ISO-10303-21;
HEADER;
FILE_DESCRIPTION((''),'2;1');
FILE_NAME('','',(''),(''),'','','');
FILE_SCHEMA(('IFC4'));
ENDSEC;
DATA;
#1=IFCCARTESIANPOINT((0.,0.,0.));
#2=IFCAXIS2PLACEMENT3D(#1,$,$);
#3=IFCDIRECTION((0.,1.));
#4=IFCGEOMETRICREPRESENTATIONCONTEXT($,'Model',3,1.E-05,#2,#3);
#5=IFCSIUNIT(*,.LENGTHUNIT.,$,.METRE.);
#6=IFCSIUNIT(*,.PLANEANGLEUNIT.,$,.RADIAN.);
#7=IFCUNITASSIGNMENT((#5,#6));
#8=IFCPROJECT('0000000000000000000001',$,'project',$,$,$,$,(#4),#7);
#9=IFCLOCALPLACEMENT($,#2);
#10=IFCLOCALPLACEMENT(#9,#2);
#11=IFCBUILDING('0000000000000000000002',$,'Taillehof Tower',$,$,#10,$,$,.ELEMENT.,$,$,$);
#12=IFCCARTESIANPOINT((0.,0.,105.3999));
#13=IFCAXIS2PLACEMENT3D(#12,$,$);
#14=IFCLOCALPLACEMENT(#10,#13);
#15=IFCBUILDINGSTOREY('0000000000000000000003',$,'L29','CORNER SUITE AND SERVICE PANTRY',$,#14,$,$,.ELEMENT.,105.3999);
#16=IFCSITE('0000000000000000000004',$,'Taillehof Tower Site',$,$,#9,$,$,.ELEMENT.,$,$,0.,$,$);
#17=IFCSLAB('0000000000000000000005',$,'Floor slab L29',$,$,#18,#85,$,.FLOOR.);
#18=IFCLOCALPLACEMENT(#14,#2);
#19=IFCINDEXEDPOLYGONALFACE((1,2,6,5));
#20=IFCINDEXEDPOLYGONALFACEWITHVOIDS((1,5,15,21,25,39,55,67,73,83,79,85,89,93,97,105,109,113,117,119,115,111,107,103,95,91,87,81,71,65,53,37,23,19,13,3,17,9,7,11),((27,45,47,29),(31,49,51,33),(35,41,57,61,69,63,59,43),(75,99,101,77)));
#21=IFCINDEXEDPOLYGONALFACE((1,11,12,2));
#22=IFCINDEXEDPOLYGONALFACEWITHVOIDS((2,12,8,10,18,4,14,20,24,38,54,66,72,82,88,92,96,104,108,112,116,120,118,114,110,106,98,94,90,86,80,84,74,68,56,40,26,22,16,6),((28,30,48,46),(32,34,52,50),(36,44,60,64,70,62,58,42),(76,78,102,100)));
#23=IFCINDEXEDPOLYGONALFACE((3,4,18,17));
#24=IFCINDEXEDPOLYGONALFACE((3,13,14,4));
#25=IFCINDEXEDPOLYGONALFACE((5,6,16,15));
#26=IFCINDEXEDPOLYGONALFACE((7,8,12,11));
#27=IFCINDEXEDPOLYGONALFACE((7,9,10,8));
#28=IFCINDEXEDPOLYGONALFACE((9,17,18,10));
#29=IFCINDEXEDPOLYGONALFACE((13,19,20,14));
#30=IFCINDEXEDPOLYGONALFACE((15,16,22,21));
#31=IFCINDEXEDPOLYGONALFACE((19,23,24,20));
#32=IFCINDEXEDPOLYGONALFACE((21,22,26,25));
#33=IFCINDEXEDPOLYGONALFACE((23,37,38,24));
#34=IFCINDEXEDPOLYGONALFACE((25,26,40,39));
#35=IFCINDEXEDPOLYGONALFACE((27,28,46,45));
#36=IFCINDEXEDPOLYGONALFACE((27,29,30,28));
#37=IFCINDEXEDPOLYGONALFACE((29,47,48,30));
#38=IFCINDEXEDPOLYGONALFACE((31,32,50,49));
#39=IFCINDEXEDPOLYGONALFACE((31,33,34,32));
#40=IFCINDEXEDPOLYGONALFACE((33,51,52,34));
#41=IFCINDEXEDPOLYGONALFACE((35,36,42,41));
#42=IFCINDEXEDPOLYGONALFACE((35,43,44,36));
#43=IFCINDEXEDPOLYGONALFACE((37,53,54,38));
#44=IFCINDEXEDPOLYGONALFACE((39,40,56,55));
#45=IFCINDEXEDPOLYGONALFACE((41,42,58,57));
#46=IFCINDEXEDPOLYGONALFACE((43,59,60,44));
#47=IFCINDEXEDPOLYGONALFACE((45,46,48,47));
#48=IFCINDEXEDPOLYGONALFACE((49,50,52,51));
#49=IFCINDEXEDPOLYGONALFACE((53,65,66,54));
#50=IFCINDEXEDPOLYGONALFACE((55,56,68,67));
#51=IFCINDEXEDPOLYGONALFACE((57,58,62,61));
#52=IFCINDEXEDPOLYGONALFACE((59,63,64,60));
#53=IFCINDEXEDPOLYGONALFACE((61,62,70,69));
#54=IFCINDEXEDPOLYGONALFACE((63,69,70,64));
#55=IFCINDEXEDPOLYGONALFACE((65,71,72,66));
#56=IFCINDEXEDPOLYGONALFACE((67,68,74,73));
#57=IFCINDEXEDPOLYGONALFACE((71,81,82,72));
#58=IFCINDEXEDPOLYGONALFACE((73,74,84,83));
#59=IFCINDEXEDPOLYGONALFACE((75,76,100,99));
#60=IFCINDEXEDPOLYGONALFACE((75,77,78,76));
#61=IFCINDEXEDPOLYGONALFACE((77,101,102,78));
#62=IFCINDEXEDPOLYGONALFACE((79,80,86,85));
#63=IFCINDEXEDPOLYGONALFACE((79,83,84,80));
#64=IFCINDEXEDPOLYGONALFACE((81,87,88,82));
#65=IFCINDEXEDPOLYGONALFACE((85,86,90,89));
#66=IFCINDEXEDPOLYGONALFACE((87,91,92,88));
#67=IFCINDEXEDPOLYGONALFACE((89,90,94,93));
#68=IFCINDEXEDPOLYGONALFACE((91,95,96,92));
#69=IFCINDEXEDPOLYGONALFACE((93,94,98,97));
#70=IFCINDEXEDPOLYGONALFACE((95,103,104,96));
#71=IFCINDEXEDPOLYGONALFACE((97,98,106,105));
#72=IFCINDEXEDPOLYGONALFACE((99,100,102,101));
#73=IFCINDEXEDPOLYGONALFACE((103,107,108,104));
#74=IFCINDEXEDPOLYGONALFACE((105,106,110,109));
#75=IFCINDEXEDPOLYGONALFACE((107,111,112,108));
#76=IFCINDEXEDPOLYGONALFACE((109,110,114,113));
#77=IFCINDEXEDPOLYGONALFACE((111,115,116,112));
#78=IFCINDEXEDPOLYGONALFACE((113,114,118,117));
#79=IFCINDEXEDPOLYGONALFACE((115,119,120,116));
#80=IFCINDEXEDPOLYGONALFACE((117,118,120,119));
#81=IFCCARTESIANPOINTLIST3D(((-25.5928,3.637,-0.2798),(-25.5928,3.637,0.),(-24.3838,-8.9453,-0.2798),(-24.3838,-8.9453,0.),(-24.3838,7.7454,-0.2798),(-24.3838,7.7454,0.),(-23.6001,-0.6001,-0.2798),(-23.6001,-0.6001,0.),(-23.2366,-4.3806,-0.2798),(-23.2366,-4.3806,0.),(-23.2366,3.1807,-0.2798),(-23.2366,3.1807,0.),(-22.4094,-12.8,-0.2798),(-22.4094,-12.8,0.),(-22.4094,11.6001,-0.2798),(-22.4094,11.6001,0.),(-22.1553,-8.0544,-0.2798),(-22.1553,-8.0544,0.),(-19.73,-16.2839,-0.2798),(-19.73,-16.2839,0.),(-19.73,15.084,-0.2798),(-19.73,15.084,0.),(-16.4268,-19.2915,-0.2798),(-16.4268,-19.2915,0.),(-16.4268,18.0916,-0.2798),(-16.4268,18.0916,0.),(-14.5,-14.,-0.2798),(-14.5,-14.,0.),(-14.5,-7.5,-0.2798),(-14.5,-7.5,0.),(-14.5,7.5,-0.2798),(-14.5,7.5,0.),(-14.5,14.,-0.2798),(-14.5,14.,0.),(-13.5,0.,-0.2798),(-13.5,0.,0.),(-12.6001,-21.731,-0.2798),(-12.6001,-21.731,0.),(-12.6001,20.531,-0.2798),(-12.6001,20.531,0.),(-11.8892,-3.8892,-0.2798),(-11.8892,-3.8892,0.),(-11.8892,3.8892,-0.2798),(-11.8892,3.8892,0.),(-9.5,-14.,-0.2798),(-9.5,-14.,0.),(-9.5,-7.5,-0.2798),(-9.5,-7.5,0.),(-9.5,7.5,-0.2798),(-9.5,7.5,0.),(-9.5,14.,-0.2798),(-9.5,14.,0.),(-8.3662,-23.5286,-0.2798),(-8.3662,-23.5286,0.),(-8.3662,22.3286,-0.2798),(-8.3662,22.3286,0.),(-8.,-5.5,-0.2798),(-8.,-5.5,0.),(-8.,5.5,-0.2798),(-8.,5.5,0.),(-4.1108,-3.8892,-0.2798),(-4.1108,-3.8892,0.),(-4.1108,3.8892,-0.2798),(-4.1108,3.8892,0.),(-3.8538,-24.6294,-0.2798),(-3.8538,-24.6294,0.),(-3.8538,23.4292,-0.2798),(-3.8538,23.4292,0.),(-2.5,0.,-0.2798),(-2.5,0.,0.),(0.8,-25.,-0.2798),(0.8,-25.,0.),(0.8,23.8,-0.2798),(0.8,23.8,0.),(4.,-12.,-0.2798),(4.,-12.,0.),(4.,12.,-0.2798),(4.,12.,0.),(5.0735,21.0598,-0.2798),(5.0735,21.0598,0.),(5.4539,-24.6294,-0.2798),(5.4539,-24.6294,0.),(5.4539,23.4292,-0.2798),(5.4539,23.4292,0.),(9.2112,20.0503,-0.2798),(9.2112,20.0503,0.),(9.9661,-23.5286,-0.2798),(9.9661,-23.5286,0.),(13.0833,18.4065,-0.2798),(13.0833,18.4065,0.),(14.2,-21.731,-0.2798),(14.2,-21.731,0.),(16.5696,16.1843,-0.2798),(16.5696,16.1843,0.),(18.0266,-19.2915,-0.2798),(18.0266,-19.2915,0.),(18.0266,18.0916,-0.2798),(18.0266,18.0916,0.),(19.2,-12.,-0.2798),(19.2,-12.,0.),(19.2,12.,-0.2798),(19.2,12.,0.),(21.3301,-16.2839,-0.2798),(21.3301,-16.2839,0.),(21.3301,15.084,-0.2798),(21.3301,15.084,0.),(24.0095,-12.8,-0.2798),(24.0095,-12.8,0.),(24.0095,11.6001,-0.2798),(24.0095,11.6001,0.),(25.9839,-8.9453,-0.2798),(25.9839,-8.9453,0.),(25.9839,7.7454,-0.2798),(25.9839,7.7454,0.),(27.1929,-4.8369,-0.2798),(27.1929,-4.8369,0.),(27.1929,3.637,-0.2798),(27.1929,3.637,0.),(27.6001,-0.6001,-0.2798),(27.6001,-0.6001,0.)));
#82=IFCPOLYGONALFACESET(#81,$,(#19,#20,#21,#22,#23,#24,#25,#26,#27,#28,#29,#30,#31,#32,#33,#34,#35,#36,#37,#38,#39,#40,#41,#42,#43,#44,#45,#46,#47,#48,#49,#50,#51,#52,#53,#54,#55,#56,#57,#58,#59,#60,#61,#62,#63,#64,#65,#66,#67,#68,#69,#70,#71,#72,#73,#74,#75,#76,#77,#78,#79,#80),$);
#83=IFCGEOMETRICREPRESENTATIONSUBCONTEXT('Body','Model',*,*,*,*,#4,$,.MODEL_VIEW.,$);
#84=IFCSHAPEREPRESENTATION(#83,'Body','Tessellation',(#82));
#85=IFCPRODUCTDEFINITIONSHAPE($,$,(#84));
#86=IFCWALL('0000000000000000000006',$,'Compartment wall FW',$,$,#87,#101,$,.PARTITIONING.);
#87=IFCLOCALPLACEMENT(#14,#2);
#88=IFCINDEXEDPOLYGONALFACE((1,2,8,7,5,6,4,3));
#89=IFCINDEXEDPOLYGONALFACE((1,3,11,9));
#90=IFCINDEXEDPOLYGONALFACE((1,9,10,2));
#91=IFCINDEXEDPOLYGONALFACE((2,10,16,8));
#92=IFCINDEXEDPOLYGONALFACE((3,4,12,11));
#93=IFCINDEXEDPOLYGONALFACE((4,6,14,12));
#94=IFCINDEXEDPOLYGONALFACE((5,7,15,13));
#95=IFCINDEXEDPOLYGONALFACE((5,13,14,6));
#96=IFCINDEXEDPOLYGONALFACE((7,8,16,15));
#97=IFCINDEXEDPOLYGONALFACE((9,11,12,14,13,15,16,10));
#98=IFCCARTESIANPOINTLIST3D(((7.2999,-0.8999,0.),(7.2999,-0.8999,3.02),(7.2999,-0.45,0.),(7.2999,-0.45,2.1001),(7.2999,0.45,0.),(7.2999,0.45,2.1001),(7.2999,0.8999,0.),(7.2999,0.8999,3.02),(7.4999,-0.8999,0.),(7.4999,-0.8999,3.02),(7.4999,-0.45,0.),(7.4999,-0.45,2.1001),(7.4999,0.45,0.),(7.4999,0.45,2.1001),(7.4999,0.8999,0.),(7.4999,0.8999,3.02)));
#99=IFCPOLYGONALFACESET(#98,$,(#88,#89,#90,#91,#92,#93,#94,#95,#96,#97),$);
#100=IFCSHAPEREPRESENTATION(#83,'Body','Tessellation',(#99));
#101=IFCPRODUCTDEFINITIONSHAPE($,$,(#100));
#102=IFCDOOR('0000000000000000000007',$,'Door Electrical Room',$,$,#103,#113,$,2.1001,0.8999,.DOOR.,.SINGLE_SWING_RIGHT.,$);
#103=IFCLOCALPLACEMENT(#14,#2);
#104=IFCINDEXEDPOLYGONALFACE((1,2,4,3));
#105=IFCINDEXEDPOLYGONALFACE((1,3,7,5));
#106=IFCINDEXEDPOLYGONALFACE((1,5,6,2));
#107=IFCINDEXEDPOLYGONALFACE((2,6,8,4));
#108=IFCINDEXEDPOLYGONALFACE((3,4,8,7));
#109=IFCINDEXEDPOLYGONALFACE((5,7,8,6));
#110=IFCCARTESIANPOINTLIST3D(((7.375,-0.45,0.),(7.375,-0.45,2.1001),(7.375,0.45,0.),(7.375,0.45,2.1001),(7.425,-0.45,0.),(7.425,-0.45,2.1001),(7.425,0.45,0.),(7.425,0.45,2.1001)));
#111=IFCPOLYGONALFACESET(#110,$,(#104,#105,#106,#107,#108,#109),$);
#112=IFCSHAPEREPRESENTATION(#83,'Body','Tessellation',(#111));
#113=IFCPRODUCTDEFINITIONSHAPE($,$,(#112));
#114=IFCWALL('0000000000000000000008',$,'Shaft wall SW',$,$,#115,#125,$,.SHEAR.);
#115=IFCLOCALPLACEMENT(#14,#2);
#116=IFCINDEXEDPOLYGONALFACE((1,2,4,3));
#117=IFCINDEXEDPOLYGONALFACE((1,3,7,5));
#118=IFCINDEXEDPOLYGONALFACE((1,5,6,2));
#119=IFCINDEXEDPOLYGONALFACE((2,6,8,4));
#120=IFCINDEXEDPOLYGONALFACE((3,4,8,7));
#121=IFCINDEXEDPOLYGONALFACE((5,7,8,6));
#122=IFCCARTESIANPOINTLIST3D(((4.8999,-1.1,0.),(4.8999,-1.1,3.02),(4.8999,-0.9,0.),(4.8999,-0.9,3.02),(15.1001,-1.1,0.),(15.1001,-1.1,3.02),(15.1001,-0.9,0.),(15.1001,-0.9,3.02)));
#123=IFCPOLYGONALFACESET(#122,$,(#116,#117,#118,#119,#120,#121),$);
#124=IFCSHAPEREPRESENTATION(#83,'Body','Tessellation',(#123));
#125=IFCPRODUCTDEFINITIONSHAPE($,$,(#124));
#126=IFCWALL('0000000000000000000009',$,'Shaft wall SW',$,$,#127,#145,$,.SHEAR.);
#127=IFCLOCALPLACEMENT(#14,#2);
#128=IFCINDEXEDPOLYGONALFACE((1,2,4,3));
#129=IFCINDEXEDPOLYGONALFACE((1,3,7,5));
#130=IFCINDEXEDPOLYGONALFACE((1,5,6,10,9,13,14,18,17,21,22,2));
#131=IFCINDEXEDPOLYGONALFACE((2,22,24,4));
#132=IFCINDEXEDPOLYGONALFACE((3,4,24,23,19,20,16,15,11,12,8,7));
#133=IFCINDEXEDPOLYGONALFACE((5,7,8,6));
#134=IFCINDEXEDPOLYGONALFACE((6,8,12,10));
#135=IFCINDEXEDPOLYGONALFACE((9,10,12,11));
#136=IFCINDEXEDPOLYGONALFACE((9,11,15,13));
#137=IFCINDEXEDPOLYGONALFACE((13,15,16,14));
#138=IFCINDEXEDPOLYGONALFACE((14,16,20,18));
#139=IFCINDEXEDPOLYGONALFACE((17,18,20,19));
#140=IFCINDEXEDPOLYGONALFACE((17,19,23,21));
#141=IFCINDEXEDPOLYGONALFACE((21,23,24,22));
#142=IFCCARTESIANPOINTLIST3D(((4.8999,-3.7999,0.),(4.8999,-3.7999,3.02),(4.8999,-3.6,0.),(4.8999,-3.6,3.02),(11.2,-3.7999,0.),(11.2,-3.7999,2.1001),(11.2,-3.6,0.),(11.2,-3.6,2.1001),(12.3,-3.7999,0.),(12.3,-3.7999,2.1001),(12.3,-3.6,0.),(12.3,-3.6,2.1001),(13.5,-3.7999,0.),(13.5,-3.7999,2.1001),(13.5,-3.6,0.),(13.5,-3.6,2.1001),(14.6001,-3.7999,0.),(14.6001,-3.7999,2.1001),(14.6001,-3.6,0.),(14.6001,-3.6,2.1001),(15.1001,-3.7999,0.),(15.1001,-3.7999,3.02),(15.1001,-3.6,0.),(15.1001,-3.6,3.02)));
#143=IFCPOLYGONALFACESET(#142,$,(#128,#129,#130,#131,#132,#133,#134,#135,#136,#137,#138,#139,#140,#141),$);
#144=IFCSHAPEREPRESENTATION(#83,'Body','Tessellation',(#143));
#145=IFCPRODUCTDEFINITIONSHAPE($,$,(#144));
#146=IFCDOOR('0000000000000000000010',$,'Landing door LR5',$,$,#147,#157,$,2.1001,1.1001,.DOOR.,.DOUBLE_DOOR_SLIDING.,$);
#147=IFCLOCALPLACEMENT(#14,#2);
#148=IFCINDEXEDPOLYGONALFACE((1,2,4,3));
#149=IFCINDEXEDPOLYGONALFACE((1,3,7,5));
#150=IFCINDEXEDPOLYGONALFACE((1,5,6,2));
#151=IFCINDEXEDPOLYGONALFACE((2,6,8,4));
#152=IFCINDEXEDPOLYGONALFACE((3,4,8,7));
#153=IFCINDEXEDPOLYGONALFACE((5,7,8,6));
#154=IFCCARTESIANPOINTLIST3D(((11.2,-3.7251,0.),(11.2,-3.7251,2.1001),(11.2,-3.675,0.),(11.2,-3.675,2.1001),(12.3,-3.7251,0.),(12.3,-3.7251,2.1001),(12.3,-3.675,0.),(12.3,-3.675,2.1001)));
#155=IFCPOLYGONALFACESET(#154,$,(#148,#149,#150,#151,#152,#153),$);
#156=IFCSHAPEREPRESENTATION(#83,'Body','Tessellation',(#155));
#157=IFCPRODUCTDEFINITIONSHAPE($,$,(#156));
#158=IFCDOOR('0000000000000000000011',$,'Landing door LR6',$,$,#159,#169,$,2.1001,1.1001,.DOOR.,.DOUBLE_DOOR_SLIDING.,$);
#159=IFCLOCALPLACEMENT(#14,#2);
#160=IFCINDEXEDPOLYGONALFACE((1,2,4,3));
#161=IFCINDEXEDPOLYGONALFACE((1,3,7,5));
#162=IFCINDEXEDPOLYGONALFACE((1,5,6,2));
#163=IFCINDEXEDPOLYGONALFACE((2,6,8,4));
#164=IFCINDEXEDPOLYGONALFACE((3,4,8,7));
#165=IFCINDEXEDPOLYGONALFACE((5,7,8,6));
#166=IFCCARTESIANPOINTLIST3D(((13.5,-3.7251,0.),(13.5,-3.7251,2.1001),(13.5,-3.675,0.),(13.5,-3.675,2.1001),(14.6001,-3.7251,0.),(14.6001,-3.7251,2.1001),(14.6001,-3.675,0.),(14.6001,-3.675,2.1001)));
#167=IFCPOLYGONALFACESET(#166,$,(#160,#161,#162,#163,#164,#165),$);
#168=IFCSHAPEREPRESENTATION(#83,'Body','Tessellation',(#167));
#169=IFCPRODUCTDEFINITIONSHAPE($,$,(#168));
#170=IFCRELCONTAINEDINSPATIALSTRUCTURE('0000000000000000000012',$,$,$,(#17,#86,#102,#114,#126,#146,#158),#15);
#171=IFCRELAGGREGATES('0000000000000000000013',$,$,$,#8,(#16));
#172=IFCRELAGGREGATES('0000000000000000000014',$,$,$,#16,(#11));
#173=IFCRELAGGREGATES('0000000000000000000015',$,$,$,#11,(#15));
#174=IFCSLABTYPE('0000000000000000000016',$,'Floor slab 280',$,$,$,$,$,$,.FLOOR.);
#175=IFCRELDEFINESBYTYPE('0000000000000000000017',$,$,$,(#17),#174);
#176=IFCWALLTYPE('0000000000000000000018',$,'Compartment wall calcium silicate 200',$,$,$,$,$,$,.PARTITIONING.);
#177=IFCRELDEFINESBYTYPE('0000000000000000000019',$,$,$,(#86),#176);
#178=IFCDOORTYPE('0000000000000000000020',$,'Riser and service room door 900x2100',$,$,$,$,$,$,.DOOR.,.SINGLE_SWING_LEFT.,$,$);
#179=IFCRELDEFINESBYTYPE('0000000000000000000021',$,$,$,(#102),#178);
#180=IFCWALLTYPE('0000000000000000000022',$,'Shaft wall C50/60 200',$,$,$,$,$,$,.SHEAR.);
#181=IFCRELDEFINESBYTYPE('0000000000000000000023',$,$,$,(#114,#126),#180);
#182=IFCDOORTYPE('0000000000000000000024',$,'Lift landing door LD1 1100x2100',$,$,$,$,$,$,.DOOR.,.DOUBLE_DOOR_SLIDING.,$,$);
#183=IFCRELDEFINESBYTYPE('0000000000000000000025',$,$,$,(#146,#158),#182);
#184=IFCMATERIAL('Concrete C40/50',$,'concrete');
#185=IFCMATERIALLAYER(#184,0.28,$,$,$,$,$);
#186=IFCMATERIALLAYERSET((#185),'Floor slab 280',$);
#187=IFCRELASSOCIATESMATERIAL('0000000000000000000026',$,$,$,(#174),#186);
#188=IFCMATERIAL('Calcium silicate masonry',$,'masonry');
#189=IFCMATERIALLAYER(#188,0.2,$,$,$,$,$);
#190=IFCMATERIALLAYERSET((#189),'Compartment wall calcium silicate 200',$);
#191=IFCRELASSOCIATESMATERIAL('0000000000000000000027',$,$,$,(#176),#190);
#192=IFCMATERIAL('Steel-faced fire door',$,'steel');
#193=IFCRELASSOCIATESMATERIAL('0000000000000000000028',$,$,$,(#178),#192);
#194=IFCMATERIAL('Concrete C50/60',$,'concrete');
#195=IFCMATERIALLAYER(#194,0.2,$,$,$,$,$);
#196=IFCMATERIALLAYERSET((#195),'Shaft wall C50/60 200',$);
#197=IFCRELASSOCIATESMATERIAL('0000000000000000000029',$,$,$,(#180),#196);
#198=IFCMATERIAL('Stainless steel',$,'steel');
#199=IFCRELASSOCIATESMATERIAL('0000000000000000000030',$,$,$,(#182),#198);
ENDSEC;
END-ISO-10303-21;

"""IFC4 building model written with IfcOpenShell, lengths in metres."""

from ifc_helpers import new_model, si_unit, direction, frame, frame_2d, origin, place, context, subcontext, project, spatial, polyline, rectangle, outline, extrude, material, layer, layer_set, type_object, element, fill, save


model = new_model("IFC4")

# Units and contexts
model_context = context("Model", 3, precision=1e-05, world=origin(), true_north=direction((0.0, 1.0)))
body_context = subcontext(model_context, "Body", "Model", "MODEL_VIEW")
ifc_project = project(units=[si_unit("LENGTHUNIT", "METRE"), si_unit("PLANEANGLEUNIT", "RADIAN")], contexts=[model_context])

# Site, building, storey
site_placement = place(None, origin())
site = spatial("IfcSite", under=ifc_project, at=site_placement, Name="Taillehof Tower Site", CompositionType="ELEMENT", RefElevation=0.0)
building_placement = place(site_placement, origin())
building = spatial("IfcBuilding", under=site, at=building_placement, Name="Taillehof Tower", CompositionType="ELEMENT")
storey_placement = place(building_placement, frame((0.0, 0.0, 105.3999)))
storey = spatial("IfcBuildingStorey", under=building, at=storey_placement, Name="L29", Description="CORNER SUITE AND SERVICE PANTRY", CompositionType="ELEMENT", Elevation=105.3999)

# Slab
ifc_material_1 = material(Name="Concrete C40/50", Category="concrete")
ifc_layer_1 = layer(ifc_material_1, 0.28)
ifc_layer_set_1 = layer_set([ifc_layer_1], Name="Floor slab 280")
slab_type = type_object("IfcSlabType", Name="Floor slab 280", PredefinedType="FLOOR", material=ifc_layer_set_1)
slab_placement = place(storey_placement, frame((0.0, 0.0, -0.2798)))
element("IfcSlab", 1, at=slab_placement, inside=storey, type_object=slab_type, Name="Floor slab L29", PredefinedType="FLOOR", context=body_context, shape_type="SweptSolid", body=[
    extrude(outline(polyline([(27.6001, -0.6001), (27.1929, 3.637), (25.9839, 7.7454), (24.0095, 11.6001), (21.3301, 15.084), (18.0266, 18.0916), (16.5696, 16.1843), (13.0833, 18.4065), (9.2112, 20.0503), (5.0735, 21.0598), (5.4539, 23.4292), (0.8, 23.8), (-3.8538, 23.4292), (-8.3662, 22.3286), (-12.6001, 20.531), (-16.4268, 18.0916), (-19.73, 15.084), (-22.4094, 11.6001), (-24.3838, 7.7454), (-25.5928, 3.637), (-23.2366, 3.1807), (-23.6001, -0.6001), (-23.2366, -4.3806), (-22.1553, -8.0544), (-24.3838, -8.9453), (-22.4094, -12.8), (-19.73, -16.2839), (-16.4268, -19.2915), (-12.6001, -21.731), (-8.3662, -23.5286), (-3.8538, -24.6294), (0.8, -25.0), (5.4539, -24.6294), (9.9661, -23.5286), (14.2, -21.731), (18.0266, -19.2915), (21.3301, -16.2839), (24.0095, -12.8), (25.9839, -8.9453), (27.1929, -4.8369), (27.6001, -0.6001)]), holes=[polyline([(-14.5, -7.5), (-9.5, -7.5), (-9.5, -14.0), (-14.5, -14.0), (-14.5, -7.5)]), polyline([(-8.0, -5.5), (-11.8892, -3.8892), (-13.5, 0.0), (-11.8892, 3.8892), (-8.0, 5.5), (-4.1108, 3.8892), (-2.5, 0.0), (-4.1108, -3.8892), (-8.0, -5.5)]), polyline([(19.2, 12.0), (19.2, -12.0), (4.0, -12.0), (4.0, 12.0), (19.2, 12.0)]), polyline([(-14.5, 14.0), (-9.5, 14.0), (-9.5, 7.5), (-14.5, 7.5), (-14.5, 14.0)])]), origin(), (0.0, 0.0, 1.0), 0.2798),
])

# Wall, opening, door
ifc_material_2 = material(Name="Calcium silicate masonry", Category="masonry")
ifc_layer_2 = layer(ifc_material_2, 0.2)
ifc_layer_set_2 = layer_set([ifc_layer_2], Name="Compartment wall calcium silicate 200")
wall_type_1 = type_object("IfcWallType", Name="Compartment wall calcium silicate 200", PredefinedType="PARTITIONING", material=ifc_layer_set_2)
wall_1_placement = place(storey_placement, frame((7.3999, -0.8999, 0.0), z_axis=(0.0, 0.0, 1.0), x_axis=(0.0, 1.0, 0.0)))
wall_1 = element("IfcWall", 2, at=wall_1_placement, inside=storey, type_object=wall_type_1, Name="Compartment wall FW", PredefinedType="PARTITIONING", context=body_context, shape_type="SweptSolid", body=[
    extrude(rectangle(XDim=1.7998, YDim=0.2, at=frame_2d((0.8999, 0.0))), origin(), (0.0, 0.0, 1.0), 3.02),
])
opening_1_placement = place(wall_1_placement, frame((0.45, 0.0, 0.0)))
opening_1 = element("IfcOpeningElement", 3, at=opening_1_placement, cuts=wall_1, PredefinedType="OPENING", context=body_context, shape_type="SweptSolid", body=[
    extrude(rectangle(XDim=0.8999, YDim=2.1001, at=frame_2d((0.45, 1.05))), frame((0.0, 0.1099, 0.0), z_axis=(0.0, -1.0, 0.0), x_axis=(1.0, 0.0, 0.0)), (0.0, 0.0, 1.0), 0.22),
])
ifc_material_3 = material(Name="Steel-faced fire door", Category="steel")
door_type_1 = type_object("IfcDoorType", Name="Riser and service room door 900x2100", OperationType="SINGLE_SWING_LEFT", PredefinedType="DOOR", material=ifc_material_3)
door_1_placement = place(opening_1_placement, origin())
door_1 = element("IfcDoor", 4, at=door_1_placement, inside=storey, type_object=door_type_1, Name="Door Electrical Room", OperationType="SINGLE_SWING_RIGHT", OverallHeight=2.1001, OverallWidth=0.8999, PredefinedType="DOOR", context=body_context, shape_type="SweptSolid", body=[
    extrude(rectangle(XDim=0.8999, YDim=2.1001, at=frame_2d((0.45, 1.05))), frame((0.0, 0.0249, 0.0), z_axis=(0.0, -1.0, 0.0), x_axis=(1.0, 0.0, 0.0)), (0.0, 0.0, 1.0), 0.05),
])
fill(opening_1, door_1)

# Wall
ifc_material_4 = material(Name="Concrete C50/60", Category="concrete")
ifc_layer_3 = layer(ifc_material_4, 0.2)
ifc_layer_set_3 = layer_set([ifc_layer_3], Name="Shaft wall C50/60 200")
wall_type_2 = type_object("IfcWallType", Name="Shaft wall C50/60 200", PredefinedType="SHEAR", material=ifc_layer_set_3)
wall_2_placement = place(storey_placement, frame((4.8999, -1.0, 0.0), z_axis=(0.0, 0.0, 1.0), x_axis=(1.0, 0.0, 0.0)))
element("IfcWall", 5, at=wall_2_placement, inside=storey, type_object=wall_type_2, Name="Shaft wall SW", PredefinedType="SHEAR", context=body_context, shape_type="SweptSolid", body=[
    extrude(rectangle(XDim=10.2002, YDim=0.2, at=frame_2d((5.1001, 0.0))), origin(), (0.0, 0.0, 1.0), 3.02),
])

# Wall, openings, doors
wall_3_placement = place(storey_placement, frame((4.8999, -3.7, 0.0), z_axis=(0.0, 0.0, 1.0), x_axis=(1.0, 0.0, 0.0)))
wall_3 = element("IfcWall", 6, at=wall_3_placement, inside=storey, type_object=wall_type_2, Name="Shaft wall SW", PredefinedType="SHEAR", context=body_context, shape_type="SweptSolid", body=[
    extrude(rectangle(XDim=10.2002, YDim=0.2, at=frame_2d((5.1001, 0.0))), origin(), (0.0, 0.0, 1.0), 3.02),
])
opening_2_placement = place(wall_3_placement, frame((6.3, 0.0, 0.0)))
opening_2 = element("IfcOpeningElement", 7, at=opening_2_placement, cuts=wall_3, PredefinedType="OPENING", context=body_context, shape_type="SweptSolid", body=[
    extrude(rectangle(XDim=1.1001, YDim=2.1001, at=frame_2d((0.55, 1.05))), frame((0.0, 0.1099, 0.0), z_axis=(0.0, -1.0, 0.0), x_axis=(1.0, 0.0, 0.0)), (0.0, 0.0, 1.0), 0.22),
])
opening_3_placement = place(wall_3_placement, frame((8.6001, 0.0, 0.0)))
opening_3 = element("IfcOpeningElement", 8, at=opening_3_placement, cuts=wall_3, PredefinedType="OPENING", context=body_context, shape_type="SweptSolid", body=[
    extrude(rectangle(XDim=1.1001, YDim=2.1001, at=frame_2d((0.55, 1.05))), frame((0.0, 0.1099, 0.0), z_axis=(0.0, -1.0, 0.0), x_axis=(1.0, 0.0, 0.0)), (0.0, 0.0, 1.0), 0.22),
])
ifc_material_5 = material(Name="Stainless steel", Category="steel")
door_type_2 = type_object("IfcDoorType", Name="Lift landing door LD1 1100x2100", OperationType="DOUBLE_DOOR_SLIDING", PredefinedType="DOOR", material=ifc_material_5)
door_2_placement = place(opening_2_placement, origin())
door_2 = element("IfcDoor", 9, at=door_2_placement, inside=storey, type_object=door_type_2, Name="Landing door LR5", OperationType="DOUBLE_DOOR_SLIDING", OverallHeight=2.1001, OverallWidth=1.1001, PredefinedType="DOOR", context=body_context, shape_type="SweptSolid", body=[
    extrude(rectangle(XDim=1.1001, YDim=2.1001, at=frame_2d((0.55, 1.05))), frame((0.0, 0.0249, 0.0), z_axis=(0.0, -1.0, 0.0), x_axis=(1.0, 0.0, 0.0)), (0.0, 0.0, 1.0), 0.05),
])
fill(opening_2, door_2)
door_3_placement = place(opening_3_placement, origin())
door_3 = element("IfcDoor", 10, at=door_3_placement, inside=storey, type_object=door_type_2, Name="Landing door LR6", OperationType="DOUBLE_DOOR_SLIDING", OverallHeight=2.1001, OverallWidth=1.1001, PredefinedType="DOOR", context=body_context, shape_type="SweptSolid", body=[
    extrude(rectangle(XDim=1.1001, YDim=2.1001, at=frame_2d((0.55, 1.05))), frame((0.0, 0.0249, 0.0), z_axis=(0.0, -1.0, 0.0), x_axis=(1.0, 0.0, 0.0)), (0.0, 0.0, 1.0), 0.05),
])
fill(opening_3, door_3)

save(model, "model.ifc")
